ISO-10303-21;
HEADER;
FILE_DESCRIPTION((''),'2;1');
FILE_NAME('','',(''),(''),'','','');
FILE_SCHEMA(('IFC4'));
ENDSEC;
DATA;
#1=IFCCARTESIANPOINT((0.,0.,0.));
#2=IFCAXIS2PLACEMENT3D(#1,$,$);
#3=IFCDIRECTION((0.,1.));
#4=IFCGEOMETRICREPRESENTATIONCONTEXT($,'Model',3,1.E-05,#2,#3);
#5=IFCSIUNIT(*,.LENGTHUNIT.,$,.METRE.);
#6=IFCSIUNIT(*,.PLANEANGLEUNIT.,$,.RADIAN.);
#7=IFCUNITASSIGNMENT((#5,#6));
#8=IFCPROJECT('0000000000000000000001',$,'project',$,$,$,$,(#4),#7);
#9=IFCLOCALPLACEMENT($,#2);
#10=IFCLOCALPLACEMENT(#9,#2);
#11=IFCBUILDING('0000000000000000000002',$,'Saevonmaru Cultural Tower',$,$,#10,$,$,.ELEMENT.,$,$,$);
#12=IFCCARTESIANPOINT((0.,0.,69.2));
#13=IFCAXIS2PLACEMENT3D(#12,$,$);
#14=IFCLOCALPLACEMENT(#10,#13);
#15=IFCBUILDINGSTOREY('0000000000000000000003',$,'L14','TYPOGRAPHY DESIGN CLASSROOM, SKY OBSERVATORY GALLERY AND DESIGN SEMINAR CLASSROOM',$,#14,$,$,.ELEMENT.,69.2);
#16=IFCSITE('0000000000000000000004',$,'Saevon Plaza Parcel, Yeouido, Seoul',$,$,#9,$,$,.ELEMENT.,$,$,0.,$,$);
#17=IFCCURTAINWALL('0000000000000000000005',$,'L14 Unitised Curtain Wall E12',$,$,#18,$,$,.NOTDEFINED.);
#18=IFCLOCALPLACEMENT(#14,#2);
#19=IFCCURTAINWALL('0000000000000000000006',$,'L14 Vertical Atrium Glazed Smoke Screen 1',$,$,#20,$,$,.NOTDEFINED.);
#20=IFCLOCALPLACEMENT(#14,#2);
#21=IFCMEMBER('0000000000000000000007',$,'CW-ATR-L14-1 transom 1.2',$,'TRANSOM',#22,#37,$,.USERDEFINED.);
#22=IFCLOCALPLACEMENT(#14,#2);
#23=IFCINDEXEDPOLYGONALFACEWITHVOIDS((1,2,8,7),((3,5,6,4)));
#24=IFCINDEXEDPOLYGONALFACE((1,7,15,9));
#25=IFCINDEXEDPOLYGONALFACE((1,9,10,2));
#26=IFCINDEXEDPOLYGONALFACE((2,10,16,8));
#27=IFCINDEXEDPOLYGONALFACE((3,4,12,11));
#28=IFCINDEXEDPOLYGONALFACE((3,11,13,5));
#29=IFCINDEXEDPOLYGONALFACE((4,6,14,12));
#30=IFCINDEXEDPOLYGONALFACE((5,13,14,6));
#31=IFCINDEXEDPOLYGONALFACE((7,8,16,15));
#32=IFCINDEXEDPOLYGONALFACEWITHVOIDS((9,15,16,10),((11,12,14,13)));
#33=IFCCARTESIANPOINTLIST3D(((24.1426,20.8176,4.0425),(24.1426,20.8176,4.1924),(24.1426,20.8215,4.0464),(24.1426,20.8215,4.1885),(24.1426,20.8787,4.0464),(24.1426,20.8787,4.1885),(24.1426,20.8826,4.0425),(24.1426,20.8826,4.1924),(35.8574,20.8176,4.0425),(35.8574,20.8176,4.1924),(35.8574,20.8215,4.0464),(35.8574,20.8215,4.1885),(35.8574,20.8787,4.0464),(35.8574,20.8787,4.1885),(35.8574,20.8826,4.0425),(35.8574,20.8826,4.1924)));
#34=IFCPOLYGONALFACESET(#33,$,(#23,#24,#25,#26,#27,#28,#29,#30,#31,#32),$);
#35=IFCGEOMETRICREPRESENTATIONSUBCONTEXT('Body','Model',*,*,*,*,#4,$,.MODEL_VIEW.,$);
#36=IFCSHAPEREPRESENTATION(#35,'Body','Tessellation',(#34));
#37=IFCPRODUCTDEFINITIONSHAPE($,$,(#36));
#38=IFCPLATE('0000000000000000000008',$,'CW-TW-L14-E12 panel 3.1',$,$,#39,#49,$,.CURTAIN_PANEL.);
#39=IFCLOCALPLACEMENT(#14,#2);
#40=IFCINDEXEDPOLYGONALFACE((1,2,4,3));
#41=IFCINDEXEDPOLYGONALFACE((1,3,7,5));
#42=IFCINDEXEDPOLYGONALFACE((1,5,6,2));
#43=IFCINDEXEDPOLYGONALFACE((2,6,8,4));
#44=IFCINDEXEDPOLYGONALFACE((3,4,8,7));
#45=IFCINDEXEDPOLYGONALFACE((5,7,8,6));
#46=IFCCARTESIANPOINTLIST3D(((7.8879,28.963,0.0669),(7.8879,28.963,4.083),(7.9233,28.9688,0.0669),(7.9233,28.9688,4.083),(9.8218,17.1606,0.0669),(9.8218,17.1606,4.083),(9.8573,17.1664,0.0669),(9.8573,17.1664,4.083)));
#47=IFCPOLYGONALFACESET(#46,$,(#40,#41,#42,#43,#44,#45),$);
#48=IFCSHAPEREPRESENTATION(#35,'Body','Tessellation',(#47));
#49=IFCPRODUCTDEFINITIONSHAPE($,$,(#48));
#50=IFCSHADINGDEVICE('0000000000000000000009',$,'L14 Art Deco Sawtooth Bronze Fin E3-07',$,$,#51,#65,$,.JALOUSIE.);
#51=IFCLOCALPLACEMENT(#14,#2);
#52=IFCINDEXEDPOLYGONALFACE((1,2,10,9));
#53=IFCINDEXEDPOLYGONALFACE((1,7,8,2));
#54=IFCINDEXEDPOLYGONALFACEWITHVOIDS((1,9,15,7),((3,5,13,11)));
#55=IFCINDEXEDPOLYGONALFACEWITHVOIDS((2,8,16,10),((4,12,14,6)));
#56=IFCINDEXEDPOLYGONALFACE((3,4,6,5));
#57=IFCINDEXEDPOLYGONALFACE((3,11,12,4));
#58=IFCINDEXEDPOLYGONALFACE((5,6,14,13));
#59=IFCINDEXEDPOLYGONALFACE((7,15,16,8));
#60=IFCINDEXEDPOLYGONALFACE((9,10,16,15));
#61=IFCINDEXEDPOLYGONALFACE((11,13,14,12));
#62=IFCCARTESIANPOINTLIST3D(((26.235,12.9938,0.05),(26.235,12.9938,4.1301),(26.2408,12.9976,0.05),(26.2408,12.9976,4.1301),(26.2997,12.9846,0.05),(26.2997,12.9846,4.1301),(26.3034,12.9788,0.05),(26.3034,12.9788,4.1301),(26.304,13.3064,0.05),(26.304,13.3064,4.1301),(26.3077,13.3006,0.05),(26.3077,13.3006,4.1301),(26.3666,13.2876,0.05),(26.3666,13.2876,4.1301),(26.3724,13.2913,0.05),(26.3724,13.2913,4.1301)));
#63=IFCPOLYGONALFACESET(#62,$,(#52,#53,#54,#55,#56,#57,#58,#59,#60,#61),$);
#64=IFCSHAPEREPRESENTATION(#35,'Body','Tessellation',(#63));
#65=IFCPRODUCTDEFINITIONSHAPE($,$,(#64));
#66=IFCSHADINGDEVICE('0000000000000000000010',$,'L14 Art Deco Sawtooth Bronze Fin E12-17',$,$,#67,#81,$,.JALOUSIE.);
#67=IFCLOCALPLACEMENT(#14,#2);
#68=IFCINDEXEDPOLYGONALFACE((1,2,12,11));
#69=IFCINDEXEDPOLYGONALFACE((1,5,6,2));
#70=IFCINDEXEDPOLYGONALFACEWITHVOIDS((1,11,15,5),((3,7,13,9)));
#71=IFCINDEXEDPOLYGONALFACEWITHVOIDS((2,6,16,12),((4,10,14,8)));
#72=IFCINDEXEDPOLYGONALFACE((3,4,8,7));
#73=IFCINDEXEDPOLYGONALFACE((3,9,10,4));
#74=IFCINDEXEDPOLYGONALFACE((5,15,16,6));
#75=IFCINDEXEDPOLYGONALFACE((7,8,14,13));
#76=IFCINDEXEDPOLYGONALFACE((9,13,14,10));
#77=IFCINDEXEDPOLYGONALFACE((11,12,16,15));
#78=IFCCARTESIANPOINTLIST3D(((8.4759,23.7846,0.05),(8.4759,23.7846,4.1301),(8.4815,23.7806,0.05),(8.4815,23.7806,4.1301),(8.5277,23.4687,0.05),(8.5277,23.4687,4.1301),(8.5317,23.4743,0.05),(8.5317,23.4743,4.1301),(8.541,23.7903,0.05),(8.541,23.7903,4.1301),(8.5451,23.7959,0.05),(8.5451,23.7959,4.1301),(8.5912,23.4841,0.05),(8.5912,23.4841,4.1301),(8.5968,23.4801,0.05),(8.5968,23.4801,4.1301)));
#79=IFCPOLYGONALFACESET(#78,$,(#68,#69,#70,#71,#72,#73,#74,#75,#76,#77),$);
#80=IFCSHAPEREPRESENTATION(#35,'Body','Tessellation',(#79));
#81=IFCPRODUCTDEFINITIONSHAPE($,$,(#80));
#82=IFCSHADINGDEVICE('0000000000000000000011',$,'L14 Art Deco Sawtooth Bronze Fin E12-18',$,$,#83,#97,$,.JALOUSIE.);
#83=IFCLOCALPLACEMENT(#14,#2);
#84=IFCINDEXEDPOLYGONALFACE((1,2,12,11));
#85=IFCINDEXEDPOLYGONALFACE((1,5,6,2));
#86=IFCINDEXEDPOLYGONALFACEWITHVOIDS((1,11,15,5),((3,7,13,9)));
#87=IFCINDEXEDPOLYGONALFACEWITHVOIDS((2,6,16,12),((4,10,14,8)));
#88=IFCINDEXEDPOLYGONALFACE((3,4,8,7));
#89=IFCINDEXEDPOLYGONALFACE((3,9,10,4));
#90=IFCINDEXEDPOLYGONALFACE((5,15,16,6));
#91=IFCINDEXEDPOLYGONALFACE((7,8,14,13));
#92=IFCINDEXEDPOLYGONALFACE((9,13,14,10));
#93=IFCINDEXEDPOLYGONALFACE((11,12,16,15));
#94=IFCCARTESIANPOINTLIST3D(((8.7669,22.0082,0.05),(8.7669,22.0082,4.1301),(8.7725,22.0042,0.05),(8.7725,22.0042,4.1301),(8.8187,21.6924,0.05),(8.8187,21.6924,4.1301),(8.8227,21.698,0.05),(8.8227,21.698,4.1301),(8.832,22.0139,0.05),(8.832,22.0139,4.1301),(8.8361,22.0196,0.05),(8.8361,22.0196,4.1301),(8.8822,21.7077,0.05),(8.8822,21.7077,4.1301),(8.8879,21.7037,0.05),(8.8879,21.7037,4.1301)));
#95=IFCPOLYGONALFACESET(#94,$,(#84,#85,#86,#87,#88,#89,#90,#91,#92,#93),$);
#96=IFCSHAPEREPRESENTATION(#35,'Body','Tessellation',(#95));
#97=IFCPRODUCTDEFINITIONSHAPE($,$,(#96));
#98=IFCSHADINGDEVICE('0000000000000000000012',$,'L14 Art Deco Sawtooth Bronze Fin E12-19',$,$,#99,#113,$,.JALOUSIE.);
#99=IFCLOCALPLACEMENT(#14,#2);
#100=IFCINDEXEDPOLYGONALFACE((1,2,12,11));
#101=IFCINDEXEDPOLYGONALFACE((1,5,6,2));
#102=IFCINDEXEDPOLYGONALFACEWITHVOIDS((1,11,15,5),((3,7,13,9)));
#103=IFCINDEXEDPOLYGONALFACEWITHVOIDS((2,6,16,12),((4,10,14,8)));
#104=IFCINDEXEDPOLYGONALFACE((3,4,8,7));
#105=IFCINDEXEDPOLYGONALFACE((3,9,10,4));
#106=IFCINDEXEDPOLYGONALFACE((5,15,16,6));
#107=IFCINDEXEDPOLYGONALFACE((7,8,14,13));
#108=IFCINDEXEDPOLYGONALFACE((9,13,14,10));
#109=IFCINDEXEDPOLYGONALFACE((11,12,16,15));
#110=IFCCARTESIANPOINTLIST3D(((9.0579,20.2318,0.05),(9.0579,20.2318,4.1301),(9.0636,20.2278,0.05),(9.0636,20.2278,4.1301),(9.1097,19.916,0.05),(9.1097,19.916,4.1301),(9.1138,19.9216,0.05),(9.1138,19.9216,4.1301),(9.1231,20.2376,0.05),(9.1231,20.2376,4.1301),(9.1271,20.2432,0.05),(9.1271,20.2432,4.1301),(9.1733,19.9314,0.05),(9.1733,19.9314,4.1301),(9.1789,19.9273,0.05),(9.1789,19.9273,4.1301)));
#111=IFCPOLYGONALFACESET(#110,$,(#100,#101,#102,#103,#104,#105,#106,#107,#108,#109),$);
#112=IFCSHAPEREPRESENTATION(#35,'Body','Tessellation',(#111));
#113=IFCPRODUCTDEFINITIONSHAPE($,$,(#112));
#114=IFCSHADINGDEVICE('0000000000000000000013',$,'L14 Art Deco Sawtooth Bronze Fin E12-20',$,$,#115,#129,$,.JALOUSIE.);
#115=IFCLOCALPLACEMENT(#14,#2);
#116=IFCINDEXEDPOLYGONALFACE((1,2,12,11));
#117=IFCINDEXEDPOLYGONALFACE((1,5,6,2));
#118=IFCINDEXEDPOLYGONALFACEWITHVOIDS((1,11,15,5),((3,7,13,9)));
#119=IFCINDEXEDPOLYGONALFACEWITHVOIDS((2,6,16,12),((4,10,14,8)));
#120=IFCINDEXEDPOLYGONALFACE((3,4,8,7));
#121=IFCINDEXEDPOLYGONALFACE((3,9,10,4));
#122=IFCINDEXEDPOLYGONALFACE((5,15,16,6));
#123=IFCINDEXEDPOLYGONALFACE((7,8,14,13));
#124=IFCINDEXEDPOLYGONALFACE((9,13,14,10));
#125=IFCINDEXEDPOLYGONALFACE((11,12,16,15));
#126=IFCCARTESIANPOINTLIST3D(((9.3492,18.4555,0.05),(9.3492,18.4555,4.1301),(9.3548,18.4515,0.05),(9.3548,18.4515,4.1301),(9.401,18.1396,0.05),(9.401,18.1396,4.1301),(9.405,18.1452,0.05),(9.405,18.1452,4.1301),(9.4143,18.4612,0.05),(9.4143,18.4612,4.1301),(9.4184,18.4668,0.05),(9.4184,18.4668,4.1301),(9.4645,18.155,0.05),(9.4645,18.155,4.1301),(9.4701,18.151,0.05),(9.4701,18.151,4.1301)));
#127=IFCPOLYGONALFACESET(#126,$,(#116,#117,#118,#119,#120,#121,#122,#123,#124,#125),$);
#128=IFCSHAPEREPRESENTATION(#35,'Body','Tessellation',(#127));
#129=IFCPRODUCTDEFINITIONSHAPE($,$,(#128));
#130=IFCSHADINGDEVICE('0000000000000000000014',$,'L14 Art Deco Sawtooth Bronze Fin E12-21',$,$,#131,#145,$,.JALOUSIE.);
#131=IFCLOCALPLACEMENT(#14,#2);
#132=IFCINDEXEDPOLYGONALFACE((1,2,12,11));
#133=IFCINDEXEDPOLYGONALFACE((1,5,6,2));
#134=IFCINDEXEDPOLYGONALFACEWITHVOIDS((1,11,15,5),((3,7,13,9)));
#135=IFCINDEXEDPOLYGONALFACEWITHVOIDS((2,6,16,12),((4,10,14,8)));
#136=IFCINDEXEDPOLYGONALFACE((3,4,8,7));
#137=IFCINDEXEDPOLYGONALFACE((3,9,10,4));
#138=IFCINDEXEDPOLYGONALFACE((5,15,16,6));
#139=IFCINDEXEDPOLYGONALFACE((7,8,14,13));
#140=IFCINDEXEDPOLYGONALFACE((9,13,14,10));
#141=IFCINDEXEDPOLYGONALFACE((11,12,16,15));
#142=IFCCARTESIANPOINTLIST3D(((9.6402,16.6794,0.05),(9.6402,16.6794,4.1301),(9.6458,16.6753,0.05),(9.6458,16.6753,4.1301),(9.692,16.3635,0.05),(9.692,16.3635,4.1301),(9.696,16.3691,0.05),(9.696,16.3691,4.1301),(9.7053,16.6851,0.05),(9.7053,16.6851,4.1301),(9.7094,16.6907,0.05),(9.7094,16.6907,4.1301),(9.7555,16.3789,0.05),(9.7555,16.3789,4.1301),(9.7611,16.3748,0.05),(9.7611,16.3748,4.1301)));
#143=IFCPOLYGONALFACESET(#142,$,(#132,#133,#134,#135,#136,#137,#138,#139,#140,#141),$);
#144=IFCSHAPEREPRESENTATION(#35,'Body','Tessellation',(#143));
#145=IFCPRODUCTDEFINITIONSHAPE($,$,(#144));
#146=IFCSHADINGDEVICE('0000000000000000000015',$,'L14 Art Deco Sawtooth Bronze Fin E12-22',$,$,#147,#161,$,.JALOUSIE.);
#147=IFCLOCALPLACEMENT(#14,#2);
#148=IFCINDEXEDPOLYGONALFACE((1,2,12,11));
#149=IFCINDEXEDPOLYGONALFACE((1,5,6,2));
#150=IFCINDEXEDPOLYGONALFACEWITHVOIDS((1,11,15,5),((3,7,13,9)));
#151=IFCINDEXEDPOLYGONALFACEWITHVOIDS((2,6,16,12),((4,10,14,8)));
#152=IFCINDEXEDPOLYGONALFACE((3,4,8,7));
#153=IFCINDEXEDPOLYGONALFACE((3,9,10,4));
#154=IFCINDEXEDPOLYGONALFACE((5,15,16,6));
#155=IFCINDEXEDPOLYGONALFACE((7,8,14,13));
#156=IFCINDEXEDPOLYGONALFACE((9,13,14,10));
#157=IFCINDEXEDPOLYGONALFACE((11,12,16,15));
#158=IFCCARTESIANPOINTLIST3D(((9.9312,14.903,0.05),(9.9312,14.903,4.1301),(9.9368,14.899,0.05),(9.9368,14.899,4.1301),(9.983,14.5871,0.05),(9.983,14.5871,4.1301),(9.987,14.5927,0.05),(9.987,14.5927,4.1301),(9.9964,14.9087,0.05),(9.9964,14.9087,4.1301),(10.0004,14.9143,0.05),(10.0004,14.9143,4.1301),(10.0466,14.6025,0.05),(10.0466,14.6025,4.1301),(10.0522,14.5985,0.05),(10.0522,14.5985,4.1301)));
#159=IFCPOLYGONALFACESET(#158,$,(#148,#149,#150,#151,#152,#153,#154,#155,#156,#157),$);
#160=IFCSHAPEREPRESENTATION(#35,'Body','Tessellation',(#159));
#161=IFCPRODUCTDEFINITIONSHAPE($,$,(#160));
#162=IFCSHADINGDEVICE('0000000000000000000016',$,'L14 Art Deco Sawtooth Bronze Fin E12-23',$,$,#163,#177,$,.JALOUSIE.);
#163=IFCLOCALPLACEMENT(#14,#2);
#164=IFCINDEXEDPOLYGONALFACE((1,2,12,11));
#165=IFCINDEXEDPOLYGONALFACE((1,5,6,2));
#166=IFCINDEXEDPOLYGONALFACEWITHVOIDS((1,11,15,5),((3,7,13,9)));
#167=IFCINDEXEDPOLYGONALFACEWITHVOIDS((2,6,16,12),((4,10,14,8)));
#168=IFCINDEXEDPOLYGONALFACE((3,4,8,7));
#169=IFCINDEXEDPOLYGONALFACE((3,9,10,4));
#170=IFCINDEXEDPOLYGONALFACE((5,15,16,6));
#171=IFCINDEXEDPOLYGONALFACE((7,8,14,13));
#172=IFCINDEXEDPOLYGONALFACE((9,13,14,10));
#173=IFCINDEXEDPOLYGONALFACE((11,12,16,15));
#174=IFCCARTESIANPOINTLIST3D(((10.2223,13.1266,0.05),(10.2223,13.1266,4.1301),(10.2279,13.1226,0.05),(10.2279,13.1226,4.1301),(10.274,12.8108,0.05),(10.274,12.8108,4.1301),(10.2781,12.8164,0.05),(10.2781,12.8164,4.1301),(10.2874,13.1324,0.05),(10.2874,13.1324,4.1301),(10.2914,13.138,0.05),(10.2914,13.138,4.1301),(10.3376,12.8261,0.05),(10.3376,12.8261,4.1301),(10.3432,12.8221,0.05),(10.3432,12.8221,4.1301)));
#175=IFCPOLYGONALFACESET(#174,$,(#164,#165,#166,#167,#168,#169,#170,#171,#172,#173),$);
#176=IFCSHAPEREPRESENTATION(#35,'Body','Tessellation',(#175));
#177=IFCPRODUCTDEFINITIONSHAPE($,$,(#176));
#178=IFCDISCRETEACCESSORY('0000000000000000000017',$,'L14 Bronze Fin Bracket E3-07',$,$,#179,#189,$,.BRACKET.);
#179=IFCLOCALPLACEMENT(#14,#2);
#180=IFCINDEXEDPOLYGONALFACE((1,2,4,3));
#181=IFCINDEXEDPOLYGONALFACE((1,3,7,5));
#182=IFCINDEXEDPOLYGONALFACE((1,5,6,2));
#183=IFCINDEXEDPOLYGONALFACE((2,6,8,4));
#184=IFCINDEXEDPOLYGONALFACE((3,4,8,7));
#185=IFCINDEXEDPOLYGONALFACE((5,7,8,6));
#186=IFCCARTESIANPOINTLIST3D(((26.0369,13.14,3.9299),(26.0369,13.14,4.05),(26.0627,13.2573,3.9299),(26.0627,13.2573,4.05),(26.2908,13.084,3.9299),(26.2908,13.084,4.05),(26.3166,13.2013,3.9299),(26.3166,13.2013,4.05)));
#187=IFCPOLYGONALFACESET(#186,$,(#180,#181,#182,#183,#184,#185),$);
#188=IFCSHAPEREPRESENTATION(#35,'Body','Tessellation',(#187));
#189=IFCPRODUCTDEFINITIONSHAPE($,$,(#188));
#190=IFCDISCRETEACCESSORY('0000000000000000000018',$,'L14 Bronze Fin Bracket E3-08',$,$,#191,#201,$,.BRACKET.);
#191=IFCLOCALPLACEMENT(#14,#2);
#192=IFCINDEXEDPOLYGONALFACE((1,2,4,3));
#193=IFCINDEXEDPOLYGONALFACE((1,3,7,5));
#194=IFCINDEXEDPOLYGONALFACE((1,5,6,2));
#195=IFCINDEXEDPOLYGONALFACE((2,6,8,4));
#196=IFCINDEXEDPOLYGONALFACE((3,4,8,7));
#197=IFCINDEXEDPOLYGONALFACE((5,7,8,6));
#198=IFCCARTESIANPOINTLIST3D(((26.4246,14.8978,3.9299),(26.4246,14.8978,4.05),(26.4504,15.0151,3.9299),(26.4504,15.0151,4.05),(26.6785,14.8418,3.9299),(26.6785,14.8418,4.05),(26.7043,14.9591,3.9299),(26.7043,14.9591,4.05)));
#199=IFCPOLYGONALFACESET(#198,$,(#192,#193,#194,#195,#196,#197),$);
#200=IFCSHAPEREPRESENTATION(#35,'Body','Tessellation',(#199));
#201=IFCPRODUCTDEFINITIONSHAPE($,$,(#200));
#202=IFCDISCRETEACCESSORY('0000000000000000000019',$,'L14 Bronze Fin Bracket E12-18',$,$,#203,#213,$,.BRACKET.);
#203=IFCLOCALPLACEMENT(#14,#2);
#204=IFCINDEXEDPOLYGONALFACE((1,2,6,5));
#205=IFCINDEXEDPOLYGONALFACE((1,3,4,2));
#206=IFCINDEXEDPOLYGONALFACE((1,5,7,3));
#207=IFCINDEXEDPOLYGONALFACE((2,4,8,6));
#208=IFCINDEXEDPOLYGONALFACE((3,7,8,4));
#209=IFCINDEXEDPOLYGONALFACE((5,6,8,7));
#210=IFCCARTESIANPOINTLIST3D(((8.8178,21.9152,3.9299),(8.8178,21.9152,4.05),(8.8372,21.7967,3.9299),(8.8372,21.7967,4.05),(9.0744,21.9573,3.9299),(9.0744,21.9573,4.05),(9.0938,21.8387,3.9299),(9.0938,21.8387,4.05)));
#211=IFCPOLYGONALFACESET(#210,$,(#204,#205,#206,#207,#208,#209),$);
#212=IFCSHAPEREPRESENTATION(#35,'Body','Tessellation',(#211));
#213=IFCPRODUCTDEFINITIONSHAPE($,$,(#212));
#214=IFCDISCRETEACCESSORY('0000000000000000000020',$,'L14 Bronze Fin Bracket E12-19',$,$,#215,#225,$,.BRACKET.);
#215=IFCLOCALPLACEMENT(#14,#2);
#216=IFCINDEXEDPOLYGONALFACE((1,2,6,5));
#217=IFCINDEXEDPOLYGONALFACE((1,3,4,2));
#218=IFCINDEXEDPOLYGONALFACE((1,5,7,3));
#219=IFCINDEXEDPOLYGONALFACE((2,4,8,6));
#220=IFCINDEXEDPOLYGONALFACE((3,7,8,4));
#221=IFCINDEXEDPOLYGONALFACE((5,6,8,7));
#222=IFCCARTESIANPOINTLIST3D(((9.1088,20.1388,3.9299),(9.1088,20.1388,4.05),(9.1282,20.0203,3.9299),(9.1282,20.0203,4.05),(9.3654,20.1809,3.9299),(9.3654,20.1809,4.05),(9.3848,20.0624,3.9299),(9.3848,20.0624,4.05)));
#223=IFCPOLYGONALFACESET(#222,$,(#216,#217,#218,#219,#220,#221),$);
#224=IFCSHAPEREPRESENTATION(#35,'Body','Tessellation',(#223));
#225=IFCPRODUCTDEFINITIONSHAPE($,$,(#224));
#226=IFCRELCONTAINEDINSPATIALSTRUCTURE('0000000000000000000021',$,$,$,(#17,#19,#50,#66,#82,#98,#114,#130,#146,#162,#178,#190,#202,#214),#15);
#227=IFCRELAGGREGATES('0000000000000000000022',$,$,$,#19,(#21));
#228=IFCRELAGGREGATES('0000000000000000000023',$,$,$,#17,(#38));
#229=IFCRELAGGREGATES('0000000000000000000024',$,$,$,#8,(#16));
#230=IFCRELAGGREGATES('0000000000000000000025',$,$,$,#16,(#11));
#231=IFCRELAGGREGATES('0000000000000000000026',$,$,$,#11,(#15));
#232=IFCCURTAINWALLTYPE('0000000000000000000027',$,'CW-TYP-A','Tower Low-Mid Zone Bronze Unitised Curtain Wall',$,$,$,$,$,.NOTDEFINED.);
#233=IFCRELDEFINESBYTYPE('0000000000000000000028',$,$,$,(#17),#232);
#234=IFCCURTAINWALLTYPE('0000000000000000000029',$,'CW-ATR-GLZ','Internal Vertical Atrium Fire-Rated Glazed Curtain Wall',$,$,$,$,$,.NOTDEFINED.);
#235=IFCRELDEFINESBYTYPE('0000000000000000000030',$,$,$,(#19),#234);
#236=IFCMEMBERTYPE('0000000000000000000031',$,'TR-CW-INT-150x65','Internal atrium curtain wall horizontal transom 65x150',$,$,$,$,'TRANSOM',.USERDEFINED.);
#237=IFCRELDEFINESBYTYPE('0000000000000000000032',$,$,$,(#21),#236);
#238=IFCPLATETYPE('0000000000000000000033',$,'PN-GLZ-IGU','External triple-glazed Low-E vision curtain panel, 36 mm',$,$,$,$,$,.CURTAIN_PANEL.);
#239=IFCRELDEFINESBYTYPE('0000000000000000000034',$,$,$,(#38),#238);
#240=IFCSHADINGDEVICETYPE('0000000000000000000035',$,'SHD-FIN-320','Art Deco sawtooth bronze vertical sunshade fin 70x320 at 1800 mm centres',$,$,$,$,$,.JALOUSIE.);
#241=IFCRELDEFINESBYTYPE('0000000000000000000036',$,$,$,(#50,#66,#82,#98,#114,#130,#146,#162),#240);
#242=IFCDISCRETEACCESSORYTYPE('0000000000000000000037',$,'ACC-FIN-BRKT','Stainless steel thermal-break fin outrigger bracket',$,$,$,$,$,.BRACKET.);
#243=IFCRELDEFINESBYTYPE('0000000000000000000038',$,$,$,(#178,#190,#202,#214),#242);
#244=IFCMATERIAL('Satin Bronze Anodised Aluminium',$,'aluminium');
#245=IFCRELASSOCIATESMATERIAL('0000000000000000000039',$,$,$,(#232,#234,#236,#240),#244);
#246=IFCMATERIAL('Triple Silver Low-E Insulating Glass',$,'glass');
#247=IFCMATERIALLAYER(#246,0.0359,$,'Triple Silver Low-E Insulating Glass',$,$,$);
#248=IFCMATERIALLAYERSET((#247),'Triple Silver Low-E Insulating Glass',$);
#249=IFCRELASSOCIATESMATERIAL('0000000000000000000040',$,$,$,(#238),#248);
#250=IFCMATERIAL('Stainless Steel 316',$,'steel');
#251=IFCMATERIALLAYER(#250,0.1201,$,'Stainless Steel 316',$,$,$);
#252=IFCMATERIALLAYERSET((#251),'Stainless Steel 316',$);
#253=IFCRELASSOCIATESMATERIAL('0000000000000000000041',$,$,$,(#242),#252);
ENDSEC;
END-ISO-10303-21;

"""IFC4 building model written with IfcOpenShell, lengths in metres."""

from ifc_helpers import new_model, si_unit, direction, frame, origin, origin_2d, place, context, subcontext, project, spatial, rectangle, hollow_rectangle, extrude, material, layer, layer_set, material_profile, profile_set, type_object, element, aggregate, save


model = new_model("IFC4")

# Units and contexts
model_context = context("Model", 3, precision=1e-05, world=origin(), true_north=direction((0.0, 1.0)))
body_context = subcontext(model_context, "Body", "Model", "MODEL_VIEW")
ifc_project = project(units=[si_unit("LENGTHUNIT", "METRE"), si_unit("PLANEANGLEUNIT", "RADIAN")], contexts=[model_context])

# Site, building, storey
site_placement = place(None, origin())
site = spatial("IfcSite", under=ifc_project, at=site_placement, Name="Saevon Plaza Parcel, Yeouido, Seoul", CompositionType="ELEMENT", RefElevation=0.0)
building_placement = place(site_placement, origin())
building = spatial("IfcBuilding", under=site, at=building_placement, Name="Saevonmaru Cultural Tower", CompositionType="ELEMENT")
storey_placement = place(building_placement, frame((0.0, 0.0, 69.2)))
storey = spatial("IfcBuildingStorey", under=building, at=storey_placement, Name="L14", Description="TYPOGRAPHY DESIGN CLASSROOM, SKY OBSERVATORY GALLERY AND DESIGN SEMINAR CLASSROOM", CompositionType="ELEMENT", Elevation=69.2)

# Curtain walls
ifc_material_1 = material(Name="Satin Bronze Anodised Aluminium", Category="aluminium")
curtain_wall_type_1 = type_object("IfcCurtainWallType", Name="CW-TYP-A", Description="Tower Low-Mid Zone Bronze Unitised Curtain Wall", PredefinedType="NOTDEFINED", material=ifc_material_1)
curtain_wall_1_placement = place(storey_placement, origin())
curtain_wall_1 = element("IfcCurtainWall", 1, at=curtain_wall_1_placement, inside=storey, type_object=curtain_wall_type_1, Name="L14 Unitised Curtain Wall E12", PredefinedType="NOTDEFINED")
curtain_wall_type_2 = type_object("IfcCurtainWallType", Name="CW-ATR-GLZ", Description="Internal Vertical Atrium Fire-Rated Glazed Curtain Wall", PredefinedType="NOTDEFINED", material=ifc_material_1)
curtain_wall_2_placement = place(storey_placement, origin())
curtain_wall_2 = element("IfcCurtainWall", 2, at=curtain_wall_2_placement, inside=storey, type_object=curtain_wall_type_2, Name="L14 Vertical Atrium Glazed Smoke Screen 1", PredefinedType="NOTDEFINED")

# Member
ifc_material_profile_1 = material_profile(ifc_material_1, hollow_rectangle(XDim=0.0649, YDim=0.1499, WallThickness=0.0039, at=origin_2d()), Name="ALU-TRAN-150x65x4")
ifc_profile_set_1 = profile_set([ifc_material_profile_1], Name="Satin Bronze Anodised Aluminium")
member_type_1 = type_object("IfcMemberType", Name="TR-CW-INT-150x65", Description="Internal atrium curtain wall horizontal transom 65x150", ElementType="TRANSOM", PredefinedType="USERDEFINED", material=ifc_profile_set_1)
member_1_placement = place(storey_placement, frame((24.1426, 20.8501, 4.1174), z_axis=(1.0, 0.0, 0.0), x_axis=(0.0, 1.0, 0.0)))
member_1 = element("IfcMember", 3, at=member_1_placement, type_object=member_type_1, Name="CW-ATR-L14-1 transom 1.2", ObjectType="TRANSOM", PredefinedType="USERDEFINED", context=body_context, shape_type="SweptSolid", body=[
    extrude(hollow_rectangle(XDim=0.0649, YDim=0.1499, WallThickness=0.0039, at=origin_2d()), origin(), (0.0, 0.0, 1.0), 11.7148),
])
aggregate(curtain_wall_2, [member_1])

# Plate
ifc_material_2 = material(Name="Triple Silver Low-E Insulating Glass", Category="glass")
ifc_layer_1 = layer(ifc_material_2, 0.0359, Name="Triple Silver Low-E Insulating Glass")
ifc_layer_set_1 = layer_set([ifc_layer_1], Name="Triple Silver Low-E Insulating Glass")
plate_type = type_object("IfcPlateType", Name="PN-GLZ-IGU", Description="External triple-glazed Low-E vision curtain panel, 36 mm", PredefinedType="CURTAIN_PANEL", material=ifc_layer_set_1)
plate_placement = place(storey_placement, frame((8.8726, 23.0647, 0.0669), z_axis=(0.0, 0.0, 1.0), x_axis=(0.161709, -0.986839, 0.0)))
plate = element("IfcPlate", 4, at=plate_placement, type_object=plate_type, Name="CW-TW-L14-E12 panel 3.1", PredefinedType="CURTAIN_PANEL", context=body_context, shape_type="SweptSolid", body=[
    extrude(rectangle(XDim=11.9597, YDim=0.0359, at=origin_2d()), origin(), (0.0, 0.0, 1.0), 4.0161),
])
aggregate(curtain_wall_1, [plate])

# Shading devices
ifc_material_profile_2 = material_profile(ifc_material_1, hollow_rectangle(XDim=0.0701, YDim=0.3201, WallThickness=0.0049, at=origin_2d()), Name="FIN-320x70")
ifc_profile_set_2 = profile_set([ifc_material_profile_2], Name="Satin Bronze Anodised Aluminium")
shading_device_type = type_object("IfcShadingDeviceType", Name="SHD-FIN-320", Description="Art Deco sawtooth bronze vertical sunshade fin 70x320 at 1800 mm centres", PredefinedType="JALOUSIE", material=ifc_profile_set_2)
for number, where, z_axis, x_axis, name in (
    (5, (26.3037, 13.1426, 0.05), (0.0, 0.0, 1.0), (0.976522, -0.215417, 0.0), "L14 Art Deco Sawtooth Bronze Fin E3-07"),
    (6, (8.5364, 23.6323, 0.05), (0.0, 0.0, 1.0), (-0.986827, -0.161776, 0.0), "L14 Art Deco Sawtooth Bronze Fin E12-17"),
    (7, (8.8274, 21.856, 0.05), (0.0, 0.0, 1.0), (-0.986827, -0.161776, 0.0), "L14 Art Deco Sawtooth Bronze Fin E12-18"),
    (8, (9.1184, 20.0796, 0.05), (0.0, 0.0, 1.0), (-0.986827, -0.161776, 0.0), "L14 Art Deco Sawtooth Bronze Fin E12-19"),
    (9, (9.4097, 18.3032, 0.05), (0.0, 0.0, 1.0), (-0.986827, -0.161776, 0.0), "L14 Art Deco Sawtooth Bronze Fin E12-20"),
    (10, (9.7007, 16.5271, 0.05), (0.0, 0.0, 1.0), (-0.986827, -0.161776, 0.0), "L14 Art Deco Sawtooth Bronze Fin E12-21"),
    (11, (9.9917, 14.7507, 0.05), (0.0, 0.0, 1.0), (-0.986827, -0.161776, 0.0), "L14 Art Deco Sawtooth Bronze Fin E12-22"),
    (12, (10.2827, 12.9744, 0.05), (0.0, 0.0, 1.0), (-0.986827, -0.161776, 0.0), "L14 Art Deco Sawtooth Bronze Fin E12-23"),
):
    element("IfcShadingDevice", number, at=place(storey_placement, frame(where, z_axis=z_axis, x_axis=x_axis)), inside=storey, type_object=shading_device_type, Name=name, PredefinedType="JALOUSIE", context=body_context, shape_type="SweptSolid", body=[
        extrude(hollow_rectangle(XDim=0.0701, YDim=0.3201, WallThickness=0.0049, at=origin_2d()), origin(), (0.0, 0.0, 1.0), 4.0801),
    ])

# Discrete accessories
ifc_material_3 = material(Name="Stainless Steel 316", Category="steel")
ifc_layer_2 = layer(ifc_material_3, 0.1201, Name="Stainless Steel 316")
ifc_layer_set_2 = layer_set([ifc_layer_2], Name="Stainless Steel 316")
discrete_accessory_type = type_object("IfcDiscreteAccessoryType", Name="ACC-FIN-BRKT", Description="Stainless steel thermal-break fin outrigger bracket", PredefinedType="BRACKET", material=ifc_layer_set_2)
for number, where, z_axis, x_axis, name in (
    (13, (26.1768, 13.1707, 3.9299), (0.0, 0.0, 1.0), (0.976522, -0.215417, 0.0), "L14 Bronze Fin Bracket E3-07"),
    (14, (26.5645, 14.9285, 3.9299), (0.0, 0.0, 1.0), (0.976522, -0.215417, 0.0), "L14 Bronze Fin Bracket E3-08"),
    (15, (8.9558, 21.877, 3.9299), (0.0, 0.0, 1.0), (-0.986827, -0.161776, 0.0), "L14 Bronze Fin Bracket E12-18"),
    (16, (9.2468, 20.1006, 3.9299), (0.0, 0.0, 1.0), (-0.986827, -0.161776, 0.0), "L14 Bronze Fin Bracket E12-19"),
):
    element("IfcDiscreteAccessory", number, at=place(storey_placement, frame(where, z_axis=z_axis, x_axis=x_axis)), inside=storey, type_object=discrete_accessory_type, Name=name, PredefinedType="BRACKET", context=body_context, shape_type="SweptSolid", body=[
        extrude(rectangle(XDim=0.26, YDim=0.1201, at=origin_2d()), origin(), (0.0, 0.0, 1.0), 0.1201),
    ])

save(model, "model.ifc")
